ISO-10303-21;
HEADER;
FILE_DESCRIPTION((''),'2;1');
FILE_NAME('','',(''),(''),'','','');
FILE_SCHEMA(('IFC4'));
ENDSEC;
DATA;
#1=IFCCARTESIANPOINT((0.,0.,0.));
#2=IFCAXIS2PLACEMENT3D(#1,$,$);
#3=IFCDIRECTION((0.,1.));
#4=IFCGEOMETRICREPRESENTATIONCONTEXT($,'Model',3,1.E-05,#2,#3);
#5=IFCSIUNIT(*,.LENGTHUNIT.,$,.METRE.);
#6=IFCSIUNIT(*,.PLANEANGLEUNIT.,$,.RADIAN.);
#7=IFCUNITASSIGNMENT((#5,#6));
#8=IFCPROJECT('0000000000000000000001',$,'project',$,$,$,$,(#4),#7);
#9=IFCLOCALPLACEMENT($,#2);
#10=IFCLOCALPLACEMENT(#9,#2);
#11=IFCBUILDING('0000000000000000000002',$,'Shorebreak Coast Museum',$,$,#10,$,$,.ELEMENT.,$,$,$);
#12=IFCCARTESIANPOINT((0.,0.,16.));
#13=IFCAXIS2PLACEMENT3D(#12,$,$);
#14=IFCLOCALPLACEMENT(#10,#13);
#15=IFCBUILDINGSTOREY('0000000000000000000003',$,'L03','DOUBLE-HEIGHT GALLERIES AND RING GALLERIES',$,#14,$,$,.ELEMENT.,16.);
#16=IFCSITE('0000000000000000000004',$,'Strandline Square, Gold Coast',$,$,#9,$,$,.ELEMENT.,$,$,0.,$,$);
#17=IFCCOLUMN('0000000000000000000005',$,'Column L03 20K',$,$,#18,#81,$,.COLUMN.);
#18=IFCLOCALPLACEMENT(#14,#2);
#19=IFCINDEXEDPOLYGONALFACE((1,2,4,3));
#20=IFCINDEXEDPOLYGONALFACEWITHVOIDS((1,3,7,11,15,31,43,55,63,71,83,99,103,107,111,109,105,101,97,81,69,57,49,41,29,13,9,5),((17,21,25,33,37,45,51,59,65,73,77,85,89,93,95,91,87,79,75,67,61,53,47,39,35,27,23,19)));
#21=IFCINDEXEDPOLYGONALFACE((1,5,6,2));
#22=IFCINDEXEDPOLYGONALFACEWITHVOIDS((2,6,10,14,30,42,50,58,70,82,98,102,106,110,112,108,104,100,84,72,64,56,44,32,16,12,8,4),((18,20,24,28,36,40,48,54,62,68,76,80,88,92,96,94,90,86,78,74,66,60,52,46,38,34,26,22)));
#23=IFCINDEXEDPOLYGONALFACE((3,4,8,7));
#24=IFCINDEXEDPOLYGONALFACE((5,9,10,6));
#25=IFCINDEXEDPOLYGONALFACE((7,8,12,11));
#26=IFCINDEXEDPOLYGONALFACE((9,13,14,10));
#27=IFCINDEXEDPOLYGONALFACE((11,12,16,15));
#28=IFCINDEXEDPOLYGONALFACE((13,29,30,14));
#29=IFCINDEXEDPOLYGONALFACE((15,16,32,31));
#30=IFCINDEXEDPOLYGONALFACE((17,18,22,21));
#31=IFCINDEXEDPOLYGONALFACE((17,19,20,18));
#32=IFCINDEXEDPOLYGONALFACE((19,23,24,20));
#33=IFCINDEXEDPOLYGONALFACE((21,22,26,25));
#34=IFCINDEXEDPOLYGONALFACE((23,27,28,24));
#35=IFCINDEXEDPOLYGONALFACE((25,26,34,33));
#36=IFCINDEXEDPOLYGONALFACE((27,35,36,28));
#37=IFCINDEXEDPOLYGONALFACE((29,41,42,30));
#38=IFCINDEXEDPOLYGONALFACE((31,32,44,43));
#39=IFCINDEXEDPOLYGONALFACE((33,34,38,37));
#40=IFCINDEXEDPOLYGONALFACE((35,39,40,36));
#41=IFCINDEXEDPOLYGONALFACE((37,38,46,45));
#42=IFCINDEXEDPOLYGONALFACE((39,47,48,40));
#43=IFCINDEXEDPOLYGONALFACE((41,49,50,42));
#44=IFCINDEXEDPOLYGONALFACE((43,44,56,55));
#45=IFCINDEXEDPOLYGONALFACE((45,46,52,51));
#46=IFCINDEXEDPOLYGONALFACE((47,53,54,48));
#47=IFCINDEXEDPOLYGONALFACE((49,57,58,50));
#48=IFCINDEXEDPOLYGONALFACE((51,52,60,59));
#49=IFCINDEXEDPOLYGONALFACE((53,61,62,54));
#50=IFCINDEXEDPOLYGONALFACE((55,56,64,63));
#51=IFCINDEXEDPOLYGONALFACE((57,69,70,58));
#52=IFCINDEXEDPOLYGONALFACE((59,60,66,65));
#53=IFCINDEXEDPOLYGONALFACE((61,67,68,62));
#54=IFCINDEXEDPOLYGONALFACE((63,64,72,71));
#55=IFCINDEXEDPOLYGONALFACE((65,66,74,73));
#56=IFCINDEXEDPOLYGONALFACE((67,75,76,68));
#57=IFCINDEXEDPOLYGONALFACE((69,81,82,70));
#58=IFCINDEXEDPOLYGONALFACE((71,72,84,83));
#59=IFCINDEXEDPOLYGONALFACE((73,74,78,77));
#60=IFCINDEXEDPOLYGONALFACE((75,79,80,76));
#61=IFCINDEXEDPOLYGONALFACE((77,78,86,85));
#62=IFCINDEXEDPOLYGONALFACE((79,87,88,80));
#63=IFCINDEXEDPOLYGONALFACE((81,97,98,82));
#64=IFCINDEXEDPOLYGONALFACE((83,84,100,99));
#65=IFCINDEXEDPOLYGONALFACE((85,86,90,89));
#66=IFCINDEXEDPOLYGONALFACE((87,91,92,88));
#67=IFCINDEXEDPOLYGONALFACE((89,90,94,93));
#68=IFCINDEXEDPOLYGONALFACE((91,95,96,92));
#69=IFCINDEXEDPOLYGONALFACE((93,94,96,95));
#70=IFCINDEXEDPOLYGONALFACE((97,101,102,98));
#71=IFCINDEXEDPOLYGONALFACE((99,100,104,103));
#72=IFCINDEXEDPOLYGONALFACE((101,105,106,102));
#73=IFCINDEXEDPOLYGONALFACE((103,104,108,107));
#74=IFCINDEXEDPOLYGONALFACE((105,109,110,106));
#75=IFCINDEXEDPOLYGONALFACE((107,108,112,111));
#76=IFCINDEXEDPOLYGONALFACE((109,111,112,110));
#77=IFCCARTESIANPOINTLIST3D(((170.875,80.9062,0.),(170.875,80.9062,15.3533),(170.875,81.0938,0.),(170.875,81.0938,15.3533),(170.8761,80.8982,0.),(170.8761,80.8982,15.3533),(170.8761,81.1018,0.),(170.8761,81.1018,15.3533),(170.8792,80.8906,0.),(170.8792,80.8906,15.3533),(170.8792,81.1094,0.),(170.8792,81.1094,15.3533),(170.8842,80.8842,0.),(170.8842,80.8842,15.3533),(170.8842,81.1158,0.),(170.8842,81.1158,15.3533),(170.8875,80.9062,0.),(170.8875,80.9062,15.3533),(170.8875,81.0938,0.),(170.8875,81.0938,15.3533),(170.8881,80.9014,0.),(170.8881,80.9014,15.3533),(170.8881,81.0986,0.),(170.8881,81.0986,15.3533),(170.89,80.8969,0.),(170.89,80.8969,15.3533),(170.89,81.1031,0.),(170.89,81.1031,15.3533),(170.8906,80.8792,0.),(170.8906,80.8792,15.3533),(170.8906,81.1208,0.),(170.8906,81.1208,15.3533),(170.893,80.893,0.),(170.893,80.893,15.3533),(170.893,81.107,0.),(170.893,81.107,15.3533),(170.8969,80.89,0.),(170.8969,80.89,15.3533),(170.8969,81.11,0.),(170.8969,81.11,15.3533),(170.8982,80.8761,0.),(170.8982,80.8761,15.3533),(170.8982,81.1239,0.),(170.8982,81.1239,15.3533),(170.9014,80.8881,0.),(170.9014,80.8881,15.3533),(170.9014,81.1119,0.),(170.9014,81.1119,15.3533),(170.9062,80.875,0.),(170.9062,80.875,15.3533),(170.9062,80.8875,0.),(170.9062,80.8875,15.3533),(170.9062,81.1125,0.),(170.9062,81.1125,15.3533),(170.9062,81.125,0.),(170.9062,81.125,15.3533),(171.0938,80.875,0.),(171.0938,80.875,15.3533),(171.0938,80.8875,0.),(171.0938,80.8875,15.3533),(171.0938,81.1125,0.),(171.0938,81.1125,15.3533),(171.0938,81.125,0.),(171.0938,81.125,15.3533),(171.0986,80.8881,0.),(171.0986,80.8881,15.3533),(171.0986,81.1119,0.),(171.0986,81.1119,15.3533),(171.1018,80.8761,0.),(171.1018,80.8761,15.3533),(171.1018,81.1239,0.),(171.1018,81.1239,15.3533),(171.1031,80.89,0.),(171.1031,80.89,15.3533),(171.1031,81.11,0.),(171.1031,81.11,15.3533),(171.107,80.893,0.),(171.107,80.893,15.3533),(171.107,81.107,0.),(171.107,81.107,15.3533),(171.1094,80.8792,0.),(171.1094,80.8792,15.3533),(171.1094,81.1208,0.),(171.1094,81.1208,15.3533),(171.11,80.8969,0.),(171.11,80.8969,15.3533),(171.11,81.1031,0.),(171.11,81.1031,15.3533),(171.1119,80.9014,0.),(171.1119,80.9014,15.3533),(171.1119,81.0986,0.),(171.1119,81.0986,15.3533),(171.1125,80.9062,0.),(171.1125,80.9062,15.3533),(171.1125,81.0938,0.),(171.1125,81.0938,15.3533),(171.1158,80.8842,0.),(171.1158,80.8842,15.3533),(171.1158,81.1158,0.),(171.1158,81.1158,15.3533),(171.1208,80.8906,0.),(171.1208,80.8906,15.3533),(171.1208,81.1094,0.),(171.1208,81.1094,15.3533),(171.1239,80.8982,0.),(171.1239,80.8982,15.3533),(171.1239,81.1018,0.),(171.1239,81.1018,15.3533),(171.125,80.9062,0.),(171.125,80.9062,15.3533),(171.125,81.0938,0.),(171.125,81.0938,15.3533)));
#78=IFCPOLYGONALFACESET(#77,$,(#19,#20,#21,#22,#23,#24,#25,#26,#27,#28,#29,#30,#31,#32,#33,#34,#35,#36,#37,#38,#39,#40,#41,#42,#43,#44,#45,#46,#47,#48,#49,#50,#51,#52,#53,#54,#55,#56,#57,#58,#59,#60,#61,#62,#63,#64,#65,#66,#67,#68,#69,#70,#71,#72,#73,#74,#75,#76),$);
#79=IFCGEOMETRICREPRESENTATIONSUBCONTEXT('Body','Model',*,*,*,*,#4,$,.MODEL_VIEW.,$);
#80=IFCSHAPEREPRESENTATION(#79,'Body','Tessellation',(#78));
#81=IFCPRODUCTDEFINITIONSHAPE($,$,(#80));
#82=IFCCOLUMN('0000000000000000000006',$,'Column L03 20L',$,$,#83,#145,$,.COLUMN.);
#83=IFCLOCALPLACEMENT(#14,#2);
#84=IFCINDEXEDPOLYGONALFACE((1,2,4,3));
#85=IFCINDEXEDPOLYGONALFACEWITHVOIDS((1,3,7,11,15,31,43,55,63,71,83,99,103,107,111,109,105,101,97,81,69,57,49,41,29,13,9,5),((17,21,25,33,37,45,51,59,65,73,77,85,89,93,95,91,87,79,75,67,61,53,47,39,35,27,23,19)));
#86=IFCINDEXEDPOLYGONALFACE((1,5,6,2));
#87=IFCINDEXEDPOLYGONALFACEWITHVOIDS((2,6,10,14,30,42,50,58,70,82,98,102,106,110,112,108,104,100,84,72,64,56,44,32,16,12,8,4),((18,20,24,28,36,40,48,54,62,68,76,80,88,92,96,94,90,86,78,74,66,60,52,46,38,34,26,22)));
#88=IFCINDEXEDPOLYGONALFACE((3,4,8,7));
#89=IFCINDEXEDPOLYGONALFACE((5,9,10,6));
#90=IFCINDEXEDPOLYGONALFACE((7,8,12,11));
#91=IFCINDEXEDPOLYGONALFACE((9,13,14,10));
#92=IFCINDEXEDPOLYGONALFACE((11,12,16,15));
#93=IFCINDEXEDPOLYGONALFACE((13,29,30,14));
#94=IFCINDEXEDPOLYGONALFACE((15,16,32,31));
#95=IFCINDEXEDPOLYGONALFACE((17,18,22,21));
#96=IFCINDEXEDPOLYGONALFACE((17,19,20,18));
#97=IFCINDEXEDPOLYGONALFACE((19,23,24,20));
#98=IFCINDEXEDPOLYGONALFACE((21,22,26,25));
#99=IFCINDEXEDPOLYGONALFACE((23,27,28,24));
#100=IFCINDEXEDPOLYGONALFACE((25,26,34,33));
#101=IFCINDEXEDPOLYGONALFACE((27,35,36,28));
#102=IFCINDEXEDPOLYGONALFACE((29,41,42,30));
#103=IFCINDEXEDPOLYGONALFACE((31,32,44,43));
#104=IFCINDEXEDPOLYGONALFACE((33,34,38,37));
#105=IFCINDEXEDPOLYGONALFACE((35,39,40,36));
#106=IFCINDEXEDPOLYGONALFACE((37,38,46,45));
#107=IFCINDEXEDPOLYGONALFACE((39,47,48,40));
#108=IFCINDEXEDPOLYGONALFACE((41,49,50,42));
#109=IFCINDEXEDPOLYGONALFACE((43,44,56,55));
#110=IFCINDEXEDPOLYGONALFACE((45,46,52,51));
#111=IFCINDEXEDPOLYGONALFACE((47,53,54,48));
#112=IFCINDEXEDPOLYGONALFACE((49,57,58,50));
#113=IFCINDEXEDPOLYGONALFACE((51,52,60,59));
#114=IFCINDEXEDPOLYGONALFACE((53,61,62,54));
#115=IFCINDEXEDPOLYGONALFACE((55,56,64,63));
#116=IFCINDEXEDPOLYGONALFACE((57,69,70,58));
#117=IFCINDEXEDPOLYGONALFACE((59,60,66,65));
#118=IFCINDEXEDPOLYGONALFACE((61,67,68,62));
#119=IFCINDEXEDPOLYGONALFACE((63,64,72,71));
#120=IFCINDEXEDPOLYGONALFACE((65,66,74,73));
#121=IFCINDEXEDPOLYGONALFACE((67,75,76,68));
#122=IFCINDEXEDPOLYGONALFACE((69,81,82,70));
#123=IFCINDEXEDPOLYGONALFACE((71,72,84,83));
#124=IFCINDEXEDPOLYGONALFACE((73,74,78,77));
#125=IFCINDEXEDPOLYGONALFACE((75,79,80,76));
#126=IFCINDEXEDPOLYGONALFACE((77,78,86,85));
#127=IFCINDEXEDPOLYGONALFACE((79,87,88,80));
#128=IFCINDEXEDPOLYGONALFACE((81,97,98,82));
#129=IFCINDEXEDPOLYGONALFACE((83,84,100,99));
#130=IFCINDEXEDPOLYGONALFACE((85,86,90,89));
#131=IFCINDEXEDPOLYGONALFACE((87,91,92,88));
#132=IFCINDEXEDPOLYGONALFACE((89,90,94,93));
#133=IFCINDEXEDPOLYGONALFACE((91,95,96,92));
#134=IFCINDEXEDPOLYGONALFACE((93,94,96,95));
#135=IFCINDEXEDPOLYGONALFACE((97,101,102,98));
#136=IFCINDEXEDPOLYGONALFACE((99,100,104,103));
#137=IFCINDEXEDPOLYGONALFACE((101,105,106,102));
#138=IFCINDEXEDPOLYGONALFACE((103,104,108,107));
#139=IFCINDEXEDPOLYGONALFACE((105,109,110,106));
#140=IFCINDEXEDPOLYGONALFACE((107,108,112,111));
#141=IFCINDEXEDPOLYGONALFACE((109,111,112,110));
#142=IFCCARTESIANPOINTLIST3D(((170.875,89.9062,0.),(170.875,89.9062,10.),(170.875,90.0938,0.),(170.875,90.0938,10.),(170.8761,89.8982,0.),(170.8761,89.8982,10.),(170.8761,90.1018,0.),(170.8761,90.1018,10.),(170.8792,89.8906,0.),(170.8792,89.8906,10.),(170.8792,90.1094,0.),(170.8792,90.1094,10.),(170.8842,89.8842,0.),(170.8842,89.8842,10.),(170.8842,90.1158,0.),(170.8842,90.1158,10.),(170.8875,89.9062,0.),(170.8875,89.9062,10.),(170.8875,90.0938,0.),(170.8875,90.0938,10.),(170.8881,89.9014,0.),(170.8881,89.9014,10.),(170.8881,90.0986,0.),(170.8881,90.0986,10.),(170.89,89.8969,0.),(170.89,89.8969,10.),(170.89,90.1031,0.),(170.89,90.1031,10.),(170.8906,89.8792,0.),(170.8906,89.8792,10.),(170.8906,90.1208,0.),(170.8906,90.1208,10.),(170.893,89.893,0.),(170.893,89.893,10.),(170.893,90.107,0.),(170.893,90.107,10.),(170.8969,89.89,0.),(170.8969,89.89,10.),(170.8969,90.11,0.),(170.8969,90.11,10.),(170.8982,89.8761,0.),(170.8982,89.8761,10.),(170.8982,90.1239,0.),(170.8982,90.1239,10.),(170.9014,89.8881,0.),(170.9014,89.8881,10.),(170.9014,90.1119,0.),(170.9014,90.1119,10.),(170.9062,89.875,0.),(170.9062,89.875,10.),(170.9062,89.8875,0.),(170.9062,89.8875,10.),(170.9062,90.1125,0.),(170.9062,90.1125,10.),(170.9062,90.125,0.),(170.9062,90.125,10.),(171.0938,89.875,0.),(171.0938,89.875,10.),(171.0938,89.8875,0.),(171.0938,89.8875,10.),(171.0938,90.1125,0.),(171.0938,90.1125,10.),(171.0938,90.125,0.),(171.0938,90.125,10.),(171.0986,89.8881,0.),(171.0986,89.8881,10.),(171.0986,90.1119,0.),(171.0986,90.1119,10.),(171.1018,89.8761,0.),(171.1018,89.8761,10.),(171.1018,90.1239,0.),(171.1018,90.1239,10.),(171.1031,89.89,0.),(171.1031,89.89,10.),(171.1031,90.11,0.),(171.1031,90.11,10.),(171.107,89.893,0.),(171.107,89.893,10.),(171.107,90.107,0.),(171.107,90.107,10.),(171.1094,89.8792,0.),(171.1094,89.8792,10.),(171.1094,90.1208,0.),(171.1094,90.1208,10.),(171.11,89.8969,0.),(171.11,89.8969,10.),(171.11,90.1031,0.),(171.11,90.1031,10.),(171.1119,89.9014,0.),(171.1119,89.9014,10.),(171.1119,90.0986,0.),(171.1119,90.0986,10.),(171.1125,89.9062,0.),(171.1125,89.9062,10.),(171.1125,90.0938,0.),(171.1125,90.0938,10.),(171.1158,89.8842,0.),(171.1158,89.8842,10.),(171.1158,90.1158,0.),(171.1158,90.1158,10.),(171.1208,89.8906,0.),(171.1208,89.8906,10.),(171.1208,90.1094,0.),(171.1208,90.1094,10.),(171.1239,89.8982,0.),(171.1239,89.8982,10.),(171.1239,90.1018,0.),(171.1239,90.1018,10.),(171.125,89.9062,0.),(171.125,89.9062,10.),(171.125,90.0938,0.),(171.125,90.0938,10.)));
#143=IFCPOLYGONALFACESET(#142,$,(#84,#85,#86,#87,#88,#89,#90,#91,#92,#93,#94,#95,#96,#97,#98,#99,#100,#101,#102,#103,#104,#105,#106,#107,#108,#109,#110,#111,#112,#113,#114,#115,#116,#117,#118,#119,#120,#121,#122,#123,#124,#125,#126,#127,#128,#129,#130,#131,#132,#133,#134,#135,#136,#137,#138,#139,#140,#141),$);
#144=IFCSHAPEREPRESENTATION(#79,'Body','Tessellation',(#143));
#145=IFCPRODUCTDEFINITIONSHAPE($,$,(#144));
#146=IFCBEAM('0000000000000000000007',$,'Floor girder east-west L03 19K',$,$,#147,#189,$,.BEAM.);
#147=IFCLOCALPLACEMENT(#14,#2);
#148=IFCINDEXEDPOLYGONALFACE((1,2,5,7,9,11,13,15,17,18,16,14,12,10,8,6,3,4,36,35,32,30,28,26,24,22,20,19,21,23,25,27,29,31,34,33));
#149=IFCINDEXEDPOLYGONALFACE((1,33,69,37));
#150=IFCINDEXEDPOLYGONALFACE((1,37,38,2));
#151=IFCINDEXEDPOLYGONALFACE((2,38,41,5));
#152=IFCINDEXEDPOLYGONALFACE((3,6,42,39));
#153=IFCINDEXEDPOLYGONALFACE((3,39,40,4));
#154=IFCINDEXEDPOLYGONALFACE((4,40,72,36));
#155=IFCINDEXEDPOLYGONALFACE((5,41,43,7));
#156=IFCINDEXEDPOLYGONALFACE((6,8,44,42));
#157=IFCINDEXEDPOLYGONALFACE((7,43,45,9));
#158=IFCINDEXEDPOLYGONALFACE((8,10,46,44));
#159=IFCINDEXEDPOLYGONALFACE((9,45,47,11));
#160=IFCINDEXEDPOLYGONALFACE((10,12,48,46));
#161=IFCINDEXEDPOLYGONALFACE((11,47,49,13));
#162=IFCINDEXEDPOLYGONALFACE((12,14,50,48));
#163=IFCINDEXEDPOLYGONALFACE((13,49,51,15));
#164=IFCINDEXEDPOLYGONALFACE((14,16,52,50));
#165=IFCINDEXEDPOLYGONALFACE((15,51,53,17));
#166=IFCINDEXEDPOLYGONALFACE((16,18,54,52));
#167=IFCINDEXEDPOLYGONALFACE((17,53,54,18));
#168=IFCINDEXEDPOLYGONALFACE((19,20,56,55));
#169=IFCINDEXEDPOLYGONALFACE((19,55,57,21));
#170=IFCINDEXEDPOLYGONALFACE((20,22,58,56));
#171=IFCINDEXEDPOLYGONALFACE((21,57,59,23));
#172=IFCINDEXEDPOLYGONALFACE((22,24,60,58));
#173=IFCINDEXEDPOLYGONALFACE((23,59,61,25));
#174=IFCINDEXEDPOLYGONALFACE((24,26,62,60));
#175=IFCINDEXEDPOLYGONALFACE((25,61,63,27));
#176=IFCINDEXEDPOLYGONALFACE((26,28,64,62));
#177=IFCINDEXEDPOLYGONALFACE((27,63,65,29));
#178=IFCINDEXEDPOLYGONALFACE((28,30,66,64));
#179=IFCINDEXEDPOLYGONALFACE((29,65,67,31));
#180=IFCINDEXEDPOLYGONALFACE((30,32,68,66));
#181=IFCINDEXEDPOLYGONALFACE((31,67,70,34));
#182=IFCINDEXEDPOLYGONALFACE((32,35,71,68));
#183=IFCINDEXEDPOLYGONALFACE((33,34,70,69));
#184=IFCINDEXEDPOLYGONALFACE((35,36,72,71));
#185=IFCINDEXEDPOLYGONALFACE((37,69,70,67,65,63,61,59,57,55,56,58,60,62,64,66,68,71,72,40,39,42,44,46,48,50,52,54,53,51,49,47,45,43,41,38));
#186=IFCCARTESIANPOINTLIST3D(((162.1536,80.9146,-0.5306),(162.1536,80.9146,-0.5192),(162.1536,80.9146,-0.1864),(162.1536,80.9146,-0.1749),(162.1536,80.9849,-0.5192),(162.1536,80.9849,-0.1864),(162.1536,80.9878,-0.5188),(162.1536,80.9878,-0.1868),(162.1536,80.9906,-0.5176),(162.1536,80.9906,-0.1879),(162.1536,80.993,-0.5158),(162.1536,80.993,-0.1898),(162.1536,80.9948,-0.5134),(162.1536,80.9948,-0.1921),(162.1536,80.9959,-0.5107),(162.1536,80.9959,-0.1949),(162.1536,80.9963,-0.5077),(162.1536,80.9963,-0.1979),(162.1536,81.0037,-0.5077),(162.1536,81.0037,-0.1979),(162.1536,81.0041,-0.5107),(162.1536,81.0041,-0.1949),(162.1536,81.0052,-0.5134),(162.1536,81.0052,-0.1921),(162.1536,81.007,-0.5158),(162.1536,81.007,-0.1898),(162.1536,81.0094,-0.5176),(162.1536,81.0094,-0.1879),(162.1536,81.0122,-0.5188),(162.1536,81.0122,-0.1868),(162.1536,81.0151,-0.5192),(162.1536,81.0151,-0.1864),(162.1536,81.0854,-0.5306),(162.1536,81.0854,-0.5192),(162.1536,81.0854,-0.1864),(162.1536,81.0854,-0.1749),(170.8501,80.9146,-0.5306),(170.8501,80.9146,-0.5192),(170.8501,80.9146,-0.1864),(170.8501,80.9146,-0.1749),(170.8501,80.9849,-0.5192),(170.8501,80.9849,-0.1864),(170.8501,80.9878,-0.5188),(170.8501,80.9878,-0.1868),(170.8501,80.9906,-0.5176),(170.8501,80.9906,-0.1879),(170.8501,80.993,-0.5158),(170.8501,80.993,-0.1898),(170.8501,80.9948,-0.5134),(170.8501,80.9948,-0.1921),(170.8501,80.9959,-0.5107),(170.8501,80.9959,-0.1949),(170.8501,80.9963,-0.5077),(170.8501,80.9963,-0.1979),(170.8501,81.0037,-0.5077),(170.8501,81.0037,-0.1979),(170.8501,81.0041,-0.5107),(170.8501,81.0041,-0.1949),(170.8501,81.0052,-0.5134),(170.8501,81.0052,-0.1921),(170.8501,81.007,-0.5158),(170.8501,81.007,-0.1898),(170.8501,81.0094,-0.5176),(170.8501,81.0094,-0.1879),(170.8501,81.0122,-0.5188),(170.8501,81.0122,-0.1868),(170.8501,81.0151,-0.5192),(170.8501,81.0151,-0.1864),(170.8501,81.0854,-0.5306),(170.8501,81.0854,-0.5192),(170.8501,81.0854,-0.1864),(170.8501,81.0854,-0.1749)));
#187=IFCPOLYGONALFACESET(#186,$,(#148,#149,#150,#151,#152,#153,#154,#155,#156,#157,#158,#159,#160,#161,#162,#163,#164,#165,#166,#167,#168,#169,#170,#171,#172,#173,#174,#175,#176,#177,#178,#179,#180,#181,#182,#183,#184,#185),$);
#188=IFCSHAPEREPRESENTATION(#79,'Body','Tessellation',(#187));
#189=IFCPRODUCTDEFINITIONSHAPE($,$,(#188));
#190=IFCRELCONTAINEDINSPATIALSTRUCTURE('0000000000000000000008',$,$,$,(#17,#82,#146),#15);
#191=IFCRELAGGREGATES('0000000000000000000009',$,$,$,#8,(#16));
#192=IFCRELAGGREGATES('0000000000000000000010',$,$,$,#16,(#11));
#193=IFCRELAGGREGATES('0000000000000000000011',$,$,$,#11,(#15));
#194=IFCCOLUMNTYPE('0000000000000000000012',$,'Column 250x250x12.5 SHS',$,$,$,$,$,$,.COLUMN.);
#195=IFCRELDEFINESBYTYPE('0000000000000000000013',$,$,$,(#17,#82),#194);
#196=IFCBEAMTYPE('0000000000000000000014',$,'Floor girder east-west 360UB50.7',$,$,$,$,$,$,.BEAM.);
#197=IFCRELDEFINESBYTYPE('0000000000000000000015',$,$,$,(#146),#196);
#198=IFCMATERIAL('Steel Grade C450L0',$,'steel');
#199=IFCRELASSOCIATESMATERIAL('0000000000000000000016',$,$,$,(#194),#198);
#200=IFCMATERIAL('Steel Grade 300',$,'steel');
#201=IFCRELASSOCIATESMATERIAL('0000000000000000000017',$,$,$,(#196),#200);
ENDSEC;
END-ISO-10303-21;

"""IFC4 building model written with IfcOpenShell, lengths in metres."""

from ifc_helpers import new_model, si_unit, direction, frame, origin, origin_2d, place, context, subcontext, project, spatial, hollow_rectangle, i_section, extrude, material, material_profile, profile_set, type_object, element, save


model = new_model("IFC4")

# Units and contexts
model_context = context("Model", 3, precision=1e-05, world=origin(), true_north=direction((0.0, 1.0)))
body_context = subcontext(model_context, "Body", "Model", "MODEL_VIEW")
ifc_project = project(units=[si_unit("LENGTHUNIT", "METRE"), si_unit("PLANEANGLEUNIT", "RADIAN")], contexts=[model_context])

# Site, building, storey
site_placement = place(None, origin())
site = spatial("IfcSite", under=ifc_project, at=site_placement, Name="Strandline Square, Gold Coast", CompositionType="ELEMENT", RefElevation=0.0)
building_placement = place(site_placement, origin())
building = spatial("IfcBuilding", under=site, at=building_placement, Name="Shorebreak Coast Museum", CompositionType="ELEMENT")
storey_placement = place(building_placement, frame((0.0, 0.0, 16.0)))
storey = spatial("IfcBuildingStorey", under=building, at=storey_placement, Name="L03", Description="DOUBLE-HEIGHT GALLERIES AND RING GALLERIES", CompositionType="ELEMENT", Elevation=16.0)

# Columns
ifc_material_1 = material(Name="Steel Grade C450L0", Category="steel")
ifc_material_profile_1 = material_profile(ifc_material_1, hollow_rectangle(XDim=0.25, YDim=0.25, WallThickness=0.0125, InnerFilletRadius=0.0188, OuterFilletRadius=0.0312, at=origin_2d()), Name="250x250x12.5 SHS")
ifc_profile_set_1 = profile_set([ifc_material_profile_1], Name="Steel Grade C450L0")
column_type = type_object("IfcColumnType", Name="Column 250x250x12.5 SHS", PredefinedType="COLUMN", material=ifc_profile_set_1)
column_1_placement = place(storey_placement, frame((171.0, 81.0, 0.0), z_axis=(0.0, 0.0, 1.0), x_axis=(1.0, 0.0, 0.0)))
element("IfcColumn", 1, at=column_1_placement, inside=storey, type_object=column_type, Name="Column L03 20K", PredefinedType="COLUMN", context=body_context, shape_type="SweptSolid", body=[
    extrude(hollow_rectangle(XDim=0.25, YDim=0.25, WallThickness=0.0125, InnerFilletRadius=0.0188, OuterFilletRadius=0.0312, at=origin_2d()), origin(), (0.0, 0.0, 1.0), 15.3533),
])
column_2_placement = place(storey_placement, frame((171.0, 90.0, 0.0), z_axis=(0.0, 0.0, 1.0), x_axis=(1.0, 0.0, 0.0)))
element("IfcColumn", 2, at=column_2_placement, inside=storey, type_object=column_type, Name="Column L03 20L", PredefinedType="COLUMN", context=body_context, shape_type="SweptSolid", body=[
    extrude(hollow_rectangle(XDim=0.25, YDim=0.25, WallThickness=0.0125, InnerFilletRadius=0.0188, OuterFilletRadius=0.0312, at=origin_2d()), origin(), (0.0, 0.0, 1.0), 10.0),
])

# Beam
ifc_material_2 = material(Name="Steel Grade 300", Category="steel")
ifc_material_profile_2 = material_profile(ifc_material_2, i_section(OverallWidth=0.1709, OverallDepth=0.3557, WebThickness=0.0073, FlangeThickness=0.0115, FilletRadius=0.0115, at=origin_2d()), Name="360UB50.7")
ifc_profile_set_2 = profile_set([ifc_material_profile_2], Name="Steel Grade 300")
beam_type_1 = type_object("IfcBeamType", Name="Floor girder east-west 360UB50.7", PredefinedType="BEAM", material=ifc_profile_set_2)
beam_1_placement = place(storey_placement, frame((162.1536, 81.0, -0.3528), z_axis=(1.0, 0.0, 0.0), x_axis=(0.0, 1.0, 0.0)))
element("IfcBeam", 3, at=beam_1_placement, inside=storey, type_object=beam_type_1, Name="Floor girder east-west L03 19K", PredefinedType="BEAM", context=body_context, shape_type="SweptSolid", body=[
    extrude(i_section(OverallWidth=0.1709, OverallDepth=0.3557, WebThickness=0.0073, FlangeThickness=0.0115, FilletRadius=0.0115, at=origin_2d()), origin(), (0.0, 0.0, 1.0), 8.6965),
])

save(model, "model.ifc")
